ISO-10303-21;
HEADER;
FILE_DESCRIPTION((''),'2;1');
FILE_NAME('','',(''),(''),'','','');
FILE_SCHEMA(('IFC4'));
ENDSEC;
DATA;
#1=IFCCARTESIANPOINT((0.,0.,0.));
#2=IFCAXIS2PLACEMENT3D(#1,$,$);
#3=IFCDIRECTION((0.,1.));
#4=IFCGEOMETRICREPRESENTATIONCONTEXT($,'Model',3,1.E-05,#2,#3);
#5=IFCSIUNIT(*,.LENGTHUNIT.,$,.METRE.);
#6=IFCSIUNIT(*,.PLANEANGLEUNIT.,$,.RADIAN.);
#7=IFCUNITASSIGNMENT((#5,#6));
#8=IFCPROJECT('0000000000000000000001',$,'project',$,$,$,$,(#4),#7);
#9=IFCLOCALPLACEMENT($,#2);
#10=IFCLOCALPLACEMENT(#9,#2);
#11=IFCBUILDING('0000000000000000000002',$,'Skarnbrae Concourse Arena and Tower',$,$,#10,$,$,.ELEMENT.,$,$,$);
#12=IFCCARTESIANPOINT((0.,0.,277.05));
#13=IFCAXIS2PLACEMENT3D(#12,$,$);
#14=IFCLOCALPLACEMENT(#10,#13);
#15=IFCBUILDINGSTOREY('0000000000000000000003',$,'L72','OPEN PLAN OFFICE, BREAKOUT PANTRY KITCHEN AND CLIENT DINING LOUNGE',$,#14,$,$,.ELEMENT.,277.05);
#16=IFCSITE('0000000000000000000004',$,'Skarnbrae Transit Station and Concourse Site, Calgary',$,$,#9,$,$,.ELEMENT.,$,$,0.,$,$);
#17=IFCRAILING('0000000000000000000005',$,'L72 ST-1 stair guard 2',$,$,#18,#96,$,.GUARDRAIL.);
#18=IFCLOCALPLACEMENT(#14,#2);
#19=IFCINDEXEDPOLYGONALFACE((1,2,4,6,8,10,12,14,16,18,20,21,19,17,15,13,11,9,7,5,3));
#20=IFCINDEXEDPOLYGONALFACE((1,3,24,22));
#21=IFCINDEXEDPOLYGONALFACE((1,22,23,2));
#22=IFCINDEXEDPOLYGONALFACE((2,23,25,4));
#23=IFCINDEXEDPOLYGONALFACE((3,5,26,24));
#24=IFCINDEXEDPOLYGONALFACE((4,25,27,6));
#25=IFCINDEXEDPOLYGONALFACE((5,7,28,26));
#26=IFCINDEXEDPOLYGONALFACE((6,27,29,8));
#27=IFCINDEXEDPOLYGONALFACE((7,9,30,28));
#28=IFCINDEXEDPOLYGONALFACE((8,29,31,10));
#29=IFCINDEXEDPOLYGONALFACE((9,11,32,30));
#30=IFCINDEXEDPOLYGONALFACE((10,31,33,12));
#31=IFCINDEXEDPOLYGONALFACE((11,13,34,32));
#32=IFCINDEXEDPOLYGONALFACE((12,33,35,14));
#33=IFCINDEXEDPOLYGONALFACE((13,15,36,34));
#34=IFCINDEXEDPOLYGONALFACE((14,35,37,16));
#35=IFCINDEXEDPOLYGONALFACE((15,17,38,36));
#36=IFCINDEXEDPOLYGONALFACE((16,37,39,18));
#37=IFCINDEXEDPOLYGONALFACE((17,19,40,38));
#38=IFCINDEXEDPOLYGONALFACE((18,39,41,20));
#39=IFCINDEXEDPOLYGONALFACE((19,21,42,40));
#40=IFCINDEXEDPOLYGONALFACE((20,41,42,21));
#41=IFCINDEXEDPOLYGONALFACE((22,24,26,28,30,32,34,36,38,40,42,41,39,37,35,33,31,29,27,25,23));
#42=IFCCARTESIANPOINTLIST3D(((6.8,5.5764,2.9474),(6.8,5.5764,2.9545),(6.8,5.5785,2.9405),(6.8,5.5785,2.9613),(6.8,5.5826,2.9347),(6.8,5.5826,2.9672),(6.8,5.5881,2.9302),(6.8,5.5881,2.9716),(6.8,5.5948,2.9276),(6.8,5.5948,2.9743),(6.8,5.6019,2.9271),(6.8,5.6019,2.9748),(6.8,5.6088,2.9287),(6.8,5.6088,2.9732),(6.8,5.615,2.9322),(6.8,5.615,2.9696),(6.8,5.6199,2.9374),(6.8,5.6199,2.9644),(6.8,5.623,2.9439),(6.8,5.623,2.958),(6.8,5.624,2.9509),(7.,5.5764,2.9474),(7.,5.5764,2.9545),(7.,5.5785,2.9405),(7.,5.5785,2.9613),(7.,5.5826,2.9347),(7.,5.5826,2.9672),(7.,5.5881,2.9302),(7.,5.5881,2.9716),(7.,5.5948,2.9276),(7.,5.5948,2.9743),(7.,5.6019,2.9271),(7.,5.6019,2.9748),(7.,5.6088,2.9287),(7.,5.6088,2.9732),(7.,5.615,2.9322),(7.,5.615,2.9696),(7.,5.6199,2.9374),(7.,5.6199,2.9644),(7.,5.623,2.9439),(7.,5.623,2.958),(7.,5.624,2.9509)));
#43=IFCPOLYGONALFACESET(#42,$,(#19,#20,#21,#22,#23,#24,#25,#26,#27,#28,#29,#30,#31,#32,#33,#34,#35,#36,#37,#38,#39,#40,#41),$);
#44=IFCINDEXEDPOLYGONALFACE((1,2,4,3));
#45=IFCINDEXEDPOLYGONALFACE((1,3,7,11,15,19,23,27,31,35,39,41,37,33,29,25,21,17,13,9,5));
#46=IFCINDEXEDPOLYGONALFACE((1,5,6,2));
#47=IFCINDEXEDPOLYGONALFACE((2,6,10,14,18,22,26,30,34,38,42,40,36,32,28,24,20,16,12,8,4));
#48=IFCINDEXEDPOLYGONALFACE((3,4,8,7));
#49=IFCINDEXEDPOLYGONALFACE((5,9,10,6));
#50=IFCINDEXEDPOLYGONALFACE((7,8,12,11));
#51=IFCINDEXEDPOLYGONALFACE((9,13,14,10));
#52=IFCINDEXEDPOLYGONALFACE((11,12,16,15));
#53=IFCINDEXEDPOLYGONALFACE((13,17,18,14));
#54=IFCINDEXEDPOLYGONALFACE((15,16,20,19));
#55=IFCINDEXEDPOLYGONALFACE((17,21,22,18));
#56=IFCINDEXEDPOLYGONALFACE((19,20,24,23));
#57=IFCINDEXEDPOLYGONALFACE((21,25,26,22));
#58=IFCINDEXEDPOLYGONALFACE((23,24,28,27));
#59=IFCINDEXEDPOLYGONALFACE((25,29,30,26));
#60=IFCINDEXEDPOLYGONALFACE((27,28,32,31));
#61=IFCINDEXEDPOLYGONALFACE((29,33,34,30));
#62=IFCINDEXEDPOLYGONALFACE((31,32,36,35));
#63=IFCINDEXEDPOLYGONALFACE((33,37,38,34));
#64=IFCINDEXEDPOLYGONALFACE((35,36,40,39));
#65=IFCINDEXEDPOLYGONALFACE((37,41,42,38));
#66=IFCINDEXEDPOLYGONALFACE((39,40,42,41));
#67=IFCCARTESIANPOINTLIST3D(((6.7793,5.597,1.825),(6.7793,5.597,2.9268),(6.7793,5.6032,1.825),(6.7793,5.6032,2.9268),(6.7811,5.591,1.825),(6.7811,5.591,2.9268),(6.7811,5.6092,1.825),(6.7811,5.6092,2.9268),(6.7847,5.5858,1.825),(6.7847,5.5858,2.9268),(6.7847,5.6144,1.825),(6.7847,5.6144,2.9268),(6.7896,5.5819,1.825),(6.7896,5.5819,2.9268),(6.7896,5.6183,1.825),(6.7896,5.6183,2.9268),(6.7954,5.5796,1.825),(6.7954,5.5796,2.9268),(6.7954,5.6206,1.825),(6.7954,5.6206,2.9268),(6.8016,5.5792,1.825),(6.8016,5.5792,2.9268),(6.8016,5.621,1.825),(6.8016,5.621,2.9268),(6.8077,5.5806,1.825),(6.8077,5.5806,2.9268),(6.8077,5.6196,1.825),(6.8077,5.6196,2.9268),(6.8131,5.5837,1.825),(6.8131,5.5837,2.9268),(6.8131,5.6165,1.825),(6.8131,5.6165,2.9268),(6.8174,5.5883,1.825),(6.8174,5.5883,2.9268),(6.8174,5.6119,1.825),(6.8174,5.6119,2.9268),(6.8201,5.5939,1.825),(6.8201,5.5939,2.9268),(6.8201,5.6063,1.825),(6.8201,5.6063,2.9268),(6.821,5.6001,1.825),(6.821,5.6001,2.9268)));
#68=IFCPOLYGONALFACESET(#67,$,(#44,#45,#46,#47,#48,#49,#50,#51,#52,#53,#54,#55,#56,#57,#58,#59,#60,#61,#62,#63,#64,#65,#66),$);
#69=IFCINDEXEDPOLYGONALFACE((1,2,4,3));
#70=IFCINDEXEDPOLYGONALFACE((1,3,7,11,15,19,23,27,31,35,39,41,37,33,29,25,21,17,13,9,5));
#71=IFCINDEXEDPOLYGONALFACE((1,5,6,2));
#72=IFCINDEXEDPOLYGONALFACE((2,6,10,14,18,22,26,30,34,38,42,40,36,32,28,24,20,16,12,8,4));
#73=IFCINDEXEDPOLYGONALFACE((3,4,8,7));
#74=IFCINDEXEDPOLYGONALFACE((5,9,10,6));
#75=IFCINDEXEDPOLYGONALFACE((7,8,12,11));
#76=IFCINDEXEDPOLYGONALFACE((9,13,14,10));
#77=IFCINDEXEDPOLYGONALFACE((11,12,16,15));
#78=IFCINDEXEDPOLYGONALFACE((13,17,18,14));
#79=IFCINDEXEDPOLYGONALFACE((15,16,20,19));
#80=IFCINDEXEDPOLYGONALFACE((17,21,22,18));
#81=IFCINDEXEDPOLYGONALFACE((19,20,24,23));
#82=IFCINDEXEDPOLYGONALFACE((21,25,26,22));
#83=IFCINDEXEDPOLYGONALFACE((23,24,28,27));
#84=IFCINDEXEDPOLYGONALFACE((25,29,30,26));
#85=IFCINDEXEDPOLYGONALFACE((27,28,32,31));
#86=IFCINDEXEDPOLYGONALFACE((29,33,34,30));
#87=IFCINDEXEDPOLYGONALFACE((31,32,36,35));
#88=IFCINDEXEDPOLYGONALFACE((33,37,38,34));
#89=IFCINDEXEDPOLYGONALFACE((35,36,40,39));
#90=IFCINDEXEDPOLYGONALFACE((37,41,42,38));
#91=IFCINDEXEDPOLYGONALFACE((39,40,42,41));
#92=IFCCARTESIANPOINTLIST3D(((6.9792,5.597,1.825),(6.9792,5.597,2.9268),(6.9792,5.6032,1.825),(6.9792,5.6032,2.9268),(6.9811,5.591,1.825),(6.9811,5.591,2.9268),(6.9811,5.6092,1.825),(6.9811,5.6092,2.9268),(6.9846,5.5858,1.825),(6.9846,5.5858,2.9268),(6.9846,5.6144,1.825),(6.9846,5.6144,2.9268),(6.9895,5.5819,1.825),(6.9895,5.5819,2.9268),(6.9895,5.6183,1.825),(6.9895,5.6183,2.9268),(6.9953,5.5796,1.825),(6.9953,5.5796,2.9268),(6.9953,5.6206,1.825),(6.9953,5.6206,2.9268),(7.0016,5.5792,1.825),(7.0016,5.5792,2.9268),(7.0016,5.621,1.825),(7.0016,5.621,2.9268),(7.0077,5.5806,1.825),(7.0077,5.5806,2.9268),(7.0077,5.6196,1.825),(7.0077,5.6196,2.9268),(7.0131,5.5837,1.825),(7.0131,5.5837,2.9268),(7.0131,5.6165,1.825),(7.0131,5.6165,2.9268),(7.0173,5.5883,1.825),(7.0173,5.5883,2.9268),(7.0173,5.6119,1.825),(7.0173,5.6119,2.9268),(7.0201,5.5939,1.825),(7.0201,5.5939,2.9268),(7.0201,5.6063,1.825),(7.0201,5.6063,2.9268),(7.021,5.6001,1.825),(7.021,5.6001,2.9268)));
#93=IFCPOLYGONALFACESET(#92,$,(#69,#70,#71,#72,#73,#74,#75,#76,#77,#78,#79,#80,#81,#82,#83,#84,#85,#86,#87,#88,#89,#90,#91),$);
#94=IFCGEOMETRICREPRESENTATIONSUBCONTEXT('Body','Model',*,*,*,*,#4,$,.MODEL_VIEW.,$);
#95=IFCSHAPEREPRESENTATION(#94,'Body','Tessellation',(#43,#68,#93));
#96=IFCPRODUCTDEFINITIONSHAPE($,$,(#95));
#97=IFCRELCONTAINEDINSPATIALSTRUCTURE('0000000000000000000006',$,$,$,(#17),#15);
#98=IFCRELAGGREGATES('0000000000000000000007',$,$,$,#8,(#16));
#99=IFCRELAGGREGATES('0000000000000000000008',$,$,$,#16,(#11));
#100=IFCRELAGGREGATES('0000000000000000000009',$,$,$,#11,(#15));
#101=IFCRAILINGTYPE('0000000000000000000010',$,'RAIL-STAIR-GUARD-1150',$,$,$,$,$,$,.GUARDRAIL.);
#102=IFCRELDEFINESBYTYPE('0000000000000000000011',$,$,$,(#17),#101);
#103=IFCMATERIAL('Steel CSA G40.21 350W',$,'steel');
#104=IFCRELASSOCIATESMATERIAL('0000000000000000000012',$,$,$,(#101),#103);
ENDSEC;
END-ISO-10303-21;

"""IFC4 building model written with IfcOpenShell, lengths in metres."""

from ifc_helpers import new_model, si_unit, direction, frame, origin, origin_2d, place, context, subcontext, project, spatial, circle, extrude, material, type_object, element, save


model = new_model("IFC4")

# Units and contexts
model_context = context("Model", 3, precision=1e-05, world=origin(), true_north=direction((0.0, 1.0)))
body_context = subcontext(model_context, "Body", "Model", "MODEL_VIEW")
ifc_project = project(units=[si_unit("LENGTHUNIT", "METRE"), si_unit("PLANEANGLEUNIT", "RADIAN")], contexts=[model_context])

# Site, building, storey
site_placement = place(None, origin())
site = spatial("IfcSite", under=ifc_project, at=site_placement, Name="Skarnbrae Transit Station and Concourse Site, Calgary", CompositionType="ELEMENT", RefElevation=0.0)
building_placement = place(site_placement, origin())
building = spatial("IfcBuilding", under=site, at=building_placement, Name="Skarnbrae Concourse Arena and Tower", CompositionType="ELEMENT")
storey_placement = place(building_placement, frame((0.0, 0.0, 277.05)))
storey = spatial("IfcBuildingStorey", under=building, at=storey_placement, Name="L72", Description="OPEN PLAN OFFICE, BREAKOUT PANTRY KITCHEN AND CLIENT DINING LOUNGE", CompositionType="ELEMENT", Elevation=277.05)

# Shared definitions
ifc_material_1 = material(Name="Steel CSA G40.21 350W", Category="steel")

# Railing
railing_type_1 = type_object("IfcRailingType", Name="RAIL-STAIR-GUARD-1150", PredefinedType="GUARDRAIL", material=ifc_material_1)
railing_1_placement = place(storey_placement, frame((6.8, 5.6001, 1.825)))
element("IfcRailing", 1, at=railing_1_placement, inside=storey, type_object=railing_type_1, Name="L72 ST-1 stair guard 2", PredefinedType="GUARDRAIL", context=body_context, shape_type="SweptSolid", body=[
    extrude(circle(Radius=0.0239, at=origin_2d()), frame((0.0, 0.0, 1.126), z_axis=(1.0, 0.0, 0.0), x_axis=(0.0, 1.0, 0.0)), (0.0, 0.0, 1.0), 0.2),
    extrude(circle(Radius=0.021, at=origin_2d()), origin(), (0.0, 0.0, 1.0), 1.1018),
    extrude(circle(Radius=0.021, at=origin_2d()), frame((0.2, 0.0, 0.0)), (0.0, 0.0, 1.0), 1.1018),
])

save(model, "model.ifc")
